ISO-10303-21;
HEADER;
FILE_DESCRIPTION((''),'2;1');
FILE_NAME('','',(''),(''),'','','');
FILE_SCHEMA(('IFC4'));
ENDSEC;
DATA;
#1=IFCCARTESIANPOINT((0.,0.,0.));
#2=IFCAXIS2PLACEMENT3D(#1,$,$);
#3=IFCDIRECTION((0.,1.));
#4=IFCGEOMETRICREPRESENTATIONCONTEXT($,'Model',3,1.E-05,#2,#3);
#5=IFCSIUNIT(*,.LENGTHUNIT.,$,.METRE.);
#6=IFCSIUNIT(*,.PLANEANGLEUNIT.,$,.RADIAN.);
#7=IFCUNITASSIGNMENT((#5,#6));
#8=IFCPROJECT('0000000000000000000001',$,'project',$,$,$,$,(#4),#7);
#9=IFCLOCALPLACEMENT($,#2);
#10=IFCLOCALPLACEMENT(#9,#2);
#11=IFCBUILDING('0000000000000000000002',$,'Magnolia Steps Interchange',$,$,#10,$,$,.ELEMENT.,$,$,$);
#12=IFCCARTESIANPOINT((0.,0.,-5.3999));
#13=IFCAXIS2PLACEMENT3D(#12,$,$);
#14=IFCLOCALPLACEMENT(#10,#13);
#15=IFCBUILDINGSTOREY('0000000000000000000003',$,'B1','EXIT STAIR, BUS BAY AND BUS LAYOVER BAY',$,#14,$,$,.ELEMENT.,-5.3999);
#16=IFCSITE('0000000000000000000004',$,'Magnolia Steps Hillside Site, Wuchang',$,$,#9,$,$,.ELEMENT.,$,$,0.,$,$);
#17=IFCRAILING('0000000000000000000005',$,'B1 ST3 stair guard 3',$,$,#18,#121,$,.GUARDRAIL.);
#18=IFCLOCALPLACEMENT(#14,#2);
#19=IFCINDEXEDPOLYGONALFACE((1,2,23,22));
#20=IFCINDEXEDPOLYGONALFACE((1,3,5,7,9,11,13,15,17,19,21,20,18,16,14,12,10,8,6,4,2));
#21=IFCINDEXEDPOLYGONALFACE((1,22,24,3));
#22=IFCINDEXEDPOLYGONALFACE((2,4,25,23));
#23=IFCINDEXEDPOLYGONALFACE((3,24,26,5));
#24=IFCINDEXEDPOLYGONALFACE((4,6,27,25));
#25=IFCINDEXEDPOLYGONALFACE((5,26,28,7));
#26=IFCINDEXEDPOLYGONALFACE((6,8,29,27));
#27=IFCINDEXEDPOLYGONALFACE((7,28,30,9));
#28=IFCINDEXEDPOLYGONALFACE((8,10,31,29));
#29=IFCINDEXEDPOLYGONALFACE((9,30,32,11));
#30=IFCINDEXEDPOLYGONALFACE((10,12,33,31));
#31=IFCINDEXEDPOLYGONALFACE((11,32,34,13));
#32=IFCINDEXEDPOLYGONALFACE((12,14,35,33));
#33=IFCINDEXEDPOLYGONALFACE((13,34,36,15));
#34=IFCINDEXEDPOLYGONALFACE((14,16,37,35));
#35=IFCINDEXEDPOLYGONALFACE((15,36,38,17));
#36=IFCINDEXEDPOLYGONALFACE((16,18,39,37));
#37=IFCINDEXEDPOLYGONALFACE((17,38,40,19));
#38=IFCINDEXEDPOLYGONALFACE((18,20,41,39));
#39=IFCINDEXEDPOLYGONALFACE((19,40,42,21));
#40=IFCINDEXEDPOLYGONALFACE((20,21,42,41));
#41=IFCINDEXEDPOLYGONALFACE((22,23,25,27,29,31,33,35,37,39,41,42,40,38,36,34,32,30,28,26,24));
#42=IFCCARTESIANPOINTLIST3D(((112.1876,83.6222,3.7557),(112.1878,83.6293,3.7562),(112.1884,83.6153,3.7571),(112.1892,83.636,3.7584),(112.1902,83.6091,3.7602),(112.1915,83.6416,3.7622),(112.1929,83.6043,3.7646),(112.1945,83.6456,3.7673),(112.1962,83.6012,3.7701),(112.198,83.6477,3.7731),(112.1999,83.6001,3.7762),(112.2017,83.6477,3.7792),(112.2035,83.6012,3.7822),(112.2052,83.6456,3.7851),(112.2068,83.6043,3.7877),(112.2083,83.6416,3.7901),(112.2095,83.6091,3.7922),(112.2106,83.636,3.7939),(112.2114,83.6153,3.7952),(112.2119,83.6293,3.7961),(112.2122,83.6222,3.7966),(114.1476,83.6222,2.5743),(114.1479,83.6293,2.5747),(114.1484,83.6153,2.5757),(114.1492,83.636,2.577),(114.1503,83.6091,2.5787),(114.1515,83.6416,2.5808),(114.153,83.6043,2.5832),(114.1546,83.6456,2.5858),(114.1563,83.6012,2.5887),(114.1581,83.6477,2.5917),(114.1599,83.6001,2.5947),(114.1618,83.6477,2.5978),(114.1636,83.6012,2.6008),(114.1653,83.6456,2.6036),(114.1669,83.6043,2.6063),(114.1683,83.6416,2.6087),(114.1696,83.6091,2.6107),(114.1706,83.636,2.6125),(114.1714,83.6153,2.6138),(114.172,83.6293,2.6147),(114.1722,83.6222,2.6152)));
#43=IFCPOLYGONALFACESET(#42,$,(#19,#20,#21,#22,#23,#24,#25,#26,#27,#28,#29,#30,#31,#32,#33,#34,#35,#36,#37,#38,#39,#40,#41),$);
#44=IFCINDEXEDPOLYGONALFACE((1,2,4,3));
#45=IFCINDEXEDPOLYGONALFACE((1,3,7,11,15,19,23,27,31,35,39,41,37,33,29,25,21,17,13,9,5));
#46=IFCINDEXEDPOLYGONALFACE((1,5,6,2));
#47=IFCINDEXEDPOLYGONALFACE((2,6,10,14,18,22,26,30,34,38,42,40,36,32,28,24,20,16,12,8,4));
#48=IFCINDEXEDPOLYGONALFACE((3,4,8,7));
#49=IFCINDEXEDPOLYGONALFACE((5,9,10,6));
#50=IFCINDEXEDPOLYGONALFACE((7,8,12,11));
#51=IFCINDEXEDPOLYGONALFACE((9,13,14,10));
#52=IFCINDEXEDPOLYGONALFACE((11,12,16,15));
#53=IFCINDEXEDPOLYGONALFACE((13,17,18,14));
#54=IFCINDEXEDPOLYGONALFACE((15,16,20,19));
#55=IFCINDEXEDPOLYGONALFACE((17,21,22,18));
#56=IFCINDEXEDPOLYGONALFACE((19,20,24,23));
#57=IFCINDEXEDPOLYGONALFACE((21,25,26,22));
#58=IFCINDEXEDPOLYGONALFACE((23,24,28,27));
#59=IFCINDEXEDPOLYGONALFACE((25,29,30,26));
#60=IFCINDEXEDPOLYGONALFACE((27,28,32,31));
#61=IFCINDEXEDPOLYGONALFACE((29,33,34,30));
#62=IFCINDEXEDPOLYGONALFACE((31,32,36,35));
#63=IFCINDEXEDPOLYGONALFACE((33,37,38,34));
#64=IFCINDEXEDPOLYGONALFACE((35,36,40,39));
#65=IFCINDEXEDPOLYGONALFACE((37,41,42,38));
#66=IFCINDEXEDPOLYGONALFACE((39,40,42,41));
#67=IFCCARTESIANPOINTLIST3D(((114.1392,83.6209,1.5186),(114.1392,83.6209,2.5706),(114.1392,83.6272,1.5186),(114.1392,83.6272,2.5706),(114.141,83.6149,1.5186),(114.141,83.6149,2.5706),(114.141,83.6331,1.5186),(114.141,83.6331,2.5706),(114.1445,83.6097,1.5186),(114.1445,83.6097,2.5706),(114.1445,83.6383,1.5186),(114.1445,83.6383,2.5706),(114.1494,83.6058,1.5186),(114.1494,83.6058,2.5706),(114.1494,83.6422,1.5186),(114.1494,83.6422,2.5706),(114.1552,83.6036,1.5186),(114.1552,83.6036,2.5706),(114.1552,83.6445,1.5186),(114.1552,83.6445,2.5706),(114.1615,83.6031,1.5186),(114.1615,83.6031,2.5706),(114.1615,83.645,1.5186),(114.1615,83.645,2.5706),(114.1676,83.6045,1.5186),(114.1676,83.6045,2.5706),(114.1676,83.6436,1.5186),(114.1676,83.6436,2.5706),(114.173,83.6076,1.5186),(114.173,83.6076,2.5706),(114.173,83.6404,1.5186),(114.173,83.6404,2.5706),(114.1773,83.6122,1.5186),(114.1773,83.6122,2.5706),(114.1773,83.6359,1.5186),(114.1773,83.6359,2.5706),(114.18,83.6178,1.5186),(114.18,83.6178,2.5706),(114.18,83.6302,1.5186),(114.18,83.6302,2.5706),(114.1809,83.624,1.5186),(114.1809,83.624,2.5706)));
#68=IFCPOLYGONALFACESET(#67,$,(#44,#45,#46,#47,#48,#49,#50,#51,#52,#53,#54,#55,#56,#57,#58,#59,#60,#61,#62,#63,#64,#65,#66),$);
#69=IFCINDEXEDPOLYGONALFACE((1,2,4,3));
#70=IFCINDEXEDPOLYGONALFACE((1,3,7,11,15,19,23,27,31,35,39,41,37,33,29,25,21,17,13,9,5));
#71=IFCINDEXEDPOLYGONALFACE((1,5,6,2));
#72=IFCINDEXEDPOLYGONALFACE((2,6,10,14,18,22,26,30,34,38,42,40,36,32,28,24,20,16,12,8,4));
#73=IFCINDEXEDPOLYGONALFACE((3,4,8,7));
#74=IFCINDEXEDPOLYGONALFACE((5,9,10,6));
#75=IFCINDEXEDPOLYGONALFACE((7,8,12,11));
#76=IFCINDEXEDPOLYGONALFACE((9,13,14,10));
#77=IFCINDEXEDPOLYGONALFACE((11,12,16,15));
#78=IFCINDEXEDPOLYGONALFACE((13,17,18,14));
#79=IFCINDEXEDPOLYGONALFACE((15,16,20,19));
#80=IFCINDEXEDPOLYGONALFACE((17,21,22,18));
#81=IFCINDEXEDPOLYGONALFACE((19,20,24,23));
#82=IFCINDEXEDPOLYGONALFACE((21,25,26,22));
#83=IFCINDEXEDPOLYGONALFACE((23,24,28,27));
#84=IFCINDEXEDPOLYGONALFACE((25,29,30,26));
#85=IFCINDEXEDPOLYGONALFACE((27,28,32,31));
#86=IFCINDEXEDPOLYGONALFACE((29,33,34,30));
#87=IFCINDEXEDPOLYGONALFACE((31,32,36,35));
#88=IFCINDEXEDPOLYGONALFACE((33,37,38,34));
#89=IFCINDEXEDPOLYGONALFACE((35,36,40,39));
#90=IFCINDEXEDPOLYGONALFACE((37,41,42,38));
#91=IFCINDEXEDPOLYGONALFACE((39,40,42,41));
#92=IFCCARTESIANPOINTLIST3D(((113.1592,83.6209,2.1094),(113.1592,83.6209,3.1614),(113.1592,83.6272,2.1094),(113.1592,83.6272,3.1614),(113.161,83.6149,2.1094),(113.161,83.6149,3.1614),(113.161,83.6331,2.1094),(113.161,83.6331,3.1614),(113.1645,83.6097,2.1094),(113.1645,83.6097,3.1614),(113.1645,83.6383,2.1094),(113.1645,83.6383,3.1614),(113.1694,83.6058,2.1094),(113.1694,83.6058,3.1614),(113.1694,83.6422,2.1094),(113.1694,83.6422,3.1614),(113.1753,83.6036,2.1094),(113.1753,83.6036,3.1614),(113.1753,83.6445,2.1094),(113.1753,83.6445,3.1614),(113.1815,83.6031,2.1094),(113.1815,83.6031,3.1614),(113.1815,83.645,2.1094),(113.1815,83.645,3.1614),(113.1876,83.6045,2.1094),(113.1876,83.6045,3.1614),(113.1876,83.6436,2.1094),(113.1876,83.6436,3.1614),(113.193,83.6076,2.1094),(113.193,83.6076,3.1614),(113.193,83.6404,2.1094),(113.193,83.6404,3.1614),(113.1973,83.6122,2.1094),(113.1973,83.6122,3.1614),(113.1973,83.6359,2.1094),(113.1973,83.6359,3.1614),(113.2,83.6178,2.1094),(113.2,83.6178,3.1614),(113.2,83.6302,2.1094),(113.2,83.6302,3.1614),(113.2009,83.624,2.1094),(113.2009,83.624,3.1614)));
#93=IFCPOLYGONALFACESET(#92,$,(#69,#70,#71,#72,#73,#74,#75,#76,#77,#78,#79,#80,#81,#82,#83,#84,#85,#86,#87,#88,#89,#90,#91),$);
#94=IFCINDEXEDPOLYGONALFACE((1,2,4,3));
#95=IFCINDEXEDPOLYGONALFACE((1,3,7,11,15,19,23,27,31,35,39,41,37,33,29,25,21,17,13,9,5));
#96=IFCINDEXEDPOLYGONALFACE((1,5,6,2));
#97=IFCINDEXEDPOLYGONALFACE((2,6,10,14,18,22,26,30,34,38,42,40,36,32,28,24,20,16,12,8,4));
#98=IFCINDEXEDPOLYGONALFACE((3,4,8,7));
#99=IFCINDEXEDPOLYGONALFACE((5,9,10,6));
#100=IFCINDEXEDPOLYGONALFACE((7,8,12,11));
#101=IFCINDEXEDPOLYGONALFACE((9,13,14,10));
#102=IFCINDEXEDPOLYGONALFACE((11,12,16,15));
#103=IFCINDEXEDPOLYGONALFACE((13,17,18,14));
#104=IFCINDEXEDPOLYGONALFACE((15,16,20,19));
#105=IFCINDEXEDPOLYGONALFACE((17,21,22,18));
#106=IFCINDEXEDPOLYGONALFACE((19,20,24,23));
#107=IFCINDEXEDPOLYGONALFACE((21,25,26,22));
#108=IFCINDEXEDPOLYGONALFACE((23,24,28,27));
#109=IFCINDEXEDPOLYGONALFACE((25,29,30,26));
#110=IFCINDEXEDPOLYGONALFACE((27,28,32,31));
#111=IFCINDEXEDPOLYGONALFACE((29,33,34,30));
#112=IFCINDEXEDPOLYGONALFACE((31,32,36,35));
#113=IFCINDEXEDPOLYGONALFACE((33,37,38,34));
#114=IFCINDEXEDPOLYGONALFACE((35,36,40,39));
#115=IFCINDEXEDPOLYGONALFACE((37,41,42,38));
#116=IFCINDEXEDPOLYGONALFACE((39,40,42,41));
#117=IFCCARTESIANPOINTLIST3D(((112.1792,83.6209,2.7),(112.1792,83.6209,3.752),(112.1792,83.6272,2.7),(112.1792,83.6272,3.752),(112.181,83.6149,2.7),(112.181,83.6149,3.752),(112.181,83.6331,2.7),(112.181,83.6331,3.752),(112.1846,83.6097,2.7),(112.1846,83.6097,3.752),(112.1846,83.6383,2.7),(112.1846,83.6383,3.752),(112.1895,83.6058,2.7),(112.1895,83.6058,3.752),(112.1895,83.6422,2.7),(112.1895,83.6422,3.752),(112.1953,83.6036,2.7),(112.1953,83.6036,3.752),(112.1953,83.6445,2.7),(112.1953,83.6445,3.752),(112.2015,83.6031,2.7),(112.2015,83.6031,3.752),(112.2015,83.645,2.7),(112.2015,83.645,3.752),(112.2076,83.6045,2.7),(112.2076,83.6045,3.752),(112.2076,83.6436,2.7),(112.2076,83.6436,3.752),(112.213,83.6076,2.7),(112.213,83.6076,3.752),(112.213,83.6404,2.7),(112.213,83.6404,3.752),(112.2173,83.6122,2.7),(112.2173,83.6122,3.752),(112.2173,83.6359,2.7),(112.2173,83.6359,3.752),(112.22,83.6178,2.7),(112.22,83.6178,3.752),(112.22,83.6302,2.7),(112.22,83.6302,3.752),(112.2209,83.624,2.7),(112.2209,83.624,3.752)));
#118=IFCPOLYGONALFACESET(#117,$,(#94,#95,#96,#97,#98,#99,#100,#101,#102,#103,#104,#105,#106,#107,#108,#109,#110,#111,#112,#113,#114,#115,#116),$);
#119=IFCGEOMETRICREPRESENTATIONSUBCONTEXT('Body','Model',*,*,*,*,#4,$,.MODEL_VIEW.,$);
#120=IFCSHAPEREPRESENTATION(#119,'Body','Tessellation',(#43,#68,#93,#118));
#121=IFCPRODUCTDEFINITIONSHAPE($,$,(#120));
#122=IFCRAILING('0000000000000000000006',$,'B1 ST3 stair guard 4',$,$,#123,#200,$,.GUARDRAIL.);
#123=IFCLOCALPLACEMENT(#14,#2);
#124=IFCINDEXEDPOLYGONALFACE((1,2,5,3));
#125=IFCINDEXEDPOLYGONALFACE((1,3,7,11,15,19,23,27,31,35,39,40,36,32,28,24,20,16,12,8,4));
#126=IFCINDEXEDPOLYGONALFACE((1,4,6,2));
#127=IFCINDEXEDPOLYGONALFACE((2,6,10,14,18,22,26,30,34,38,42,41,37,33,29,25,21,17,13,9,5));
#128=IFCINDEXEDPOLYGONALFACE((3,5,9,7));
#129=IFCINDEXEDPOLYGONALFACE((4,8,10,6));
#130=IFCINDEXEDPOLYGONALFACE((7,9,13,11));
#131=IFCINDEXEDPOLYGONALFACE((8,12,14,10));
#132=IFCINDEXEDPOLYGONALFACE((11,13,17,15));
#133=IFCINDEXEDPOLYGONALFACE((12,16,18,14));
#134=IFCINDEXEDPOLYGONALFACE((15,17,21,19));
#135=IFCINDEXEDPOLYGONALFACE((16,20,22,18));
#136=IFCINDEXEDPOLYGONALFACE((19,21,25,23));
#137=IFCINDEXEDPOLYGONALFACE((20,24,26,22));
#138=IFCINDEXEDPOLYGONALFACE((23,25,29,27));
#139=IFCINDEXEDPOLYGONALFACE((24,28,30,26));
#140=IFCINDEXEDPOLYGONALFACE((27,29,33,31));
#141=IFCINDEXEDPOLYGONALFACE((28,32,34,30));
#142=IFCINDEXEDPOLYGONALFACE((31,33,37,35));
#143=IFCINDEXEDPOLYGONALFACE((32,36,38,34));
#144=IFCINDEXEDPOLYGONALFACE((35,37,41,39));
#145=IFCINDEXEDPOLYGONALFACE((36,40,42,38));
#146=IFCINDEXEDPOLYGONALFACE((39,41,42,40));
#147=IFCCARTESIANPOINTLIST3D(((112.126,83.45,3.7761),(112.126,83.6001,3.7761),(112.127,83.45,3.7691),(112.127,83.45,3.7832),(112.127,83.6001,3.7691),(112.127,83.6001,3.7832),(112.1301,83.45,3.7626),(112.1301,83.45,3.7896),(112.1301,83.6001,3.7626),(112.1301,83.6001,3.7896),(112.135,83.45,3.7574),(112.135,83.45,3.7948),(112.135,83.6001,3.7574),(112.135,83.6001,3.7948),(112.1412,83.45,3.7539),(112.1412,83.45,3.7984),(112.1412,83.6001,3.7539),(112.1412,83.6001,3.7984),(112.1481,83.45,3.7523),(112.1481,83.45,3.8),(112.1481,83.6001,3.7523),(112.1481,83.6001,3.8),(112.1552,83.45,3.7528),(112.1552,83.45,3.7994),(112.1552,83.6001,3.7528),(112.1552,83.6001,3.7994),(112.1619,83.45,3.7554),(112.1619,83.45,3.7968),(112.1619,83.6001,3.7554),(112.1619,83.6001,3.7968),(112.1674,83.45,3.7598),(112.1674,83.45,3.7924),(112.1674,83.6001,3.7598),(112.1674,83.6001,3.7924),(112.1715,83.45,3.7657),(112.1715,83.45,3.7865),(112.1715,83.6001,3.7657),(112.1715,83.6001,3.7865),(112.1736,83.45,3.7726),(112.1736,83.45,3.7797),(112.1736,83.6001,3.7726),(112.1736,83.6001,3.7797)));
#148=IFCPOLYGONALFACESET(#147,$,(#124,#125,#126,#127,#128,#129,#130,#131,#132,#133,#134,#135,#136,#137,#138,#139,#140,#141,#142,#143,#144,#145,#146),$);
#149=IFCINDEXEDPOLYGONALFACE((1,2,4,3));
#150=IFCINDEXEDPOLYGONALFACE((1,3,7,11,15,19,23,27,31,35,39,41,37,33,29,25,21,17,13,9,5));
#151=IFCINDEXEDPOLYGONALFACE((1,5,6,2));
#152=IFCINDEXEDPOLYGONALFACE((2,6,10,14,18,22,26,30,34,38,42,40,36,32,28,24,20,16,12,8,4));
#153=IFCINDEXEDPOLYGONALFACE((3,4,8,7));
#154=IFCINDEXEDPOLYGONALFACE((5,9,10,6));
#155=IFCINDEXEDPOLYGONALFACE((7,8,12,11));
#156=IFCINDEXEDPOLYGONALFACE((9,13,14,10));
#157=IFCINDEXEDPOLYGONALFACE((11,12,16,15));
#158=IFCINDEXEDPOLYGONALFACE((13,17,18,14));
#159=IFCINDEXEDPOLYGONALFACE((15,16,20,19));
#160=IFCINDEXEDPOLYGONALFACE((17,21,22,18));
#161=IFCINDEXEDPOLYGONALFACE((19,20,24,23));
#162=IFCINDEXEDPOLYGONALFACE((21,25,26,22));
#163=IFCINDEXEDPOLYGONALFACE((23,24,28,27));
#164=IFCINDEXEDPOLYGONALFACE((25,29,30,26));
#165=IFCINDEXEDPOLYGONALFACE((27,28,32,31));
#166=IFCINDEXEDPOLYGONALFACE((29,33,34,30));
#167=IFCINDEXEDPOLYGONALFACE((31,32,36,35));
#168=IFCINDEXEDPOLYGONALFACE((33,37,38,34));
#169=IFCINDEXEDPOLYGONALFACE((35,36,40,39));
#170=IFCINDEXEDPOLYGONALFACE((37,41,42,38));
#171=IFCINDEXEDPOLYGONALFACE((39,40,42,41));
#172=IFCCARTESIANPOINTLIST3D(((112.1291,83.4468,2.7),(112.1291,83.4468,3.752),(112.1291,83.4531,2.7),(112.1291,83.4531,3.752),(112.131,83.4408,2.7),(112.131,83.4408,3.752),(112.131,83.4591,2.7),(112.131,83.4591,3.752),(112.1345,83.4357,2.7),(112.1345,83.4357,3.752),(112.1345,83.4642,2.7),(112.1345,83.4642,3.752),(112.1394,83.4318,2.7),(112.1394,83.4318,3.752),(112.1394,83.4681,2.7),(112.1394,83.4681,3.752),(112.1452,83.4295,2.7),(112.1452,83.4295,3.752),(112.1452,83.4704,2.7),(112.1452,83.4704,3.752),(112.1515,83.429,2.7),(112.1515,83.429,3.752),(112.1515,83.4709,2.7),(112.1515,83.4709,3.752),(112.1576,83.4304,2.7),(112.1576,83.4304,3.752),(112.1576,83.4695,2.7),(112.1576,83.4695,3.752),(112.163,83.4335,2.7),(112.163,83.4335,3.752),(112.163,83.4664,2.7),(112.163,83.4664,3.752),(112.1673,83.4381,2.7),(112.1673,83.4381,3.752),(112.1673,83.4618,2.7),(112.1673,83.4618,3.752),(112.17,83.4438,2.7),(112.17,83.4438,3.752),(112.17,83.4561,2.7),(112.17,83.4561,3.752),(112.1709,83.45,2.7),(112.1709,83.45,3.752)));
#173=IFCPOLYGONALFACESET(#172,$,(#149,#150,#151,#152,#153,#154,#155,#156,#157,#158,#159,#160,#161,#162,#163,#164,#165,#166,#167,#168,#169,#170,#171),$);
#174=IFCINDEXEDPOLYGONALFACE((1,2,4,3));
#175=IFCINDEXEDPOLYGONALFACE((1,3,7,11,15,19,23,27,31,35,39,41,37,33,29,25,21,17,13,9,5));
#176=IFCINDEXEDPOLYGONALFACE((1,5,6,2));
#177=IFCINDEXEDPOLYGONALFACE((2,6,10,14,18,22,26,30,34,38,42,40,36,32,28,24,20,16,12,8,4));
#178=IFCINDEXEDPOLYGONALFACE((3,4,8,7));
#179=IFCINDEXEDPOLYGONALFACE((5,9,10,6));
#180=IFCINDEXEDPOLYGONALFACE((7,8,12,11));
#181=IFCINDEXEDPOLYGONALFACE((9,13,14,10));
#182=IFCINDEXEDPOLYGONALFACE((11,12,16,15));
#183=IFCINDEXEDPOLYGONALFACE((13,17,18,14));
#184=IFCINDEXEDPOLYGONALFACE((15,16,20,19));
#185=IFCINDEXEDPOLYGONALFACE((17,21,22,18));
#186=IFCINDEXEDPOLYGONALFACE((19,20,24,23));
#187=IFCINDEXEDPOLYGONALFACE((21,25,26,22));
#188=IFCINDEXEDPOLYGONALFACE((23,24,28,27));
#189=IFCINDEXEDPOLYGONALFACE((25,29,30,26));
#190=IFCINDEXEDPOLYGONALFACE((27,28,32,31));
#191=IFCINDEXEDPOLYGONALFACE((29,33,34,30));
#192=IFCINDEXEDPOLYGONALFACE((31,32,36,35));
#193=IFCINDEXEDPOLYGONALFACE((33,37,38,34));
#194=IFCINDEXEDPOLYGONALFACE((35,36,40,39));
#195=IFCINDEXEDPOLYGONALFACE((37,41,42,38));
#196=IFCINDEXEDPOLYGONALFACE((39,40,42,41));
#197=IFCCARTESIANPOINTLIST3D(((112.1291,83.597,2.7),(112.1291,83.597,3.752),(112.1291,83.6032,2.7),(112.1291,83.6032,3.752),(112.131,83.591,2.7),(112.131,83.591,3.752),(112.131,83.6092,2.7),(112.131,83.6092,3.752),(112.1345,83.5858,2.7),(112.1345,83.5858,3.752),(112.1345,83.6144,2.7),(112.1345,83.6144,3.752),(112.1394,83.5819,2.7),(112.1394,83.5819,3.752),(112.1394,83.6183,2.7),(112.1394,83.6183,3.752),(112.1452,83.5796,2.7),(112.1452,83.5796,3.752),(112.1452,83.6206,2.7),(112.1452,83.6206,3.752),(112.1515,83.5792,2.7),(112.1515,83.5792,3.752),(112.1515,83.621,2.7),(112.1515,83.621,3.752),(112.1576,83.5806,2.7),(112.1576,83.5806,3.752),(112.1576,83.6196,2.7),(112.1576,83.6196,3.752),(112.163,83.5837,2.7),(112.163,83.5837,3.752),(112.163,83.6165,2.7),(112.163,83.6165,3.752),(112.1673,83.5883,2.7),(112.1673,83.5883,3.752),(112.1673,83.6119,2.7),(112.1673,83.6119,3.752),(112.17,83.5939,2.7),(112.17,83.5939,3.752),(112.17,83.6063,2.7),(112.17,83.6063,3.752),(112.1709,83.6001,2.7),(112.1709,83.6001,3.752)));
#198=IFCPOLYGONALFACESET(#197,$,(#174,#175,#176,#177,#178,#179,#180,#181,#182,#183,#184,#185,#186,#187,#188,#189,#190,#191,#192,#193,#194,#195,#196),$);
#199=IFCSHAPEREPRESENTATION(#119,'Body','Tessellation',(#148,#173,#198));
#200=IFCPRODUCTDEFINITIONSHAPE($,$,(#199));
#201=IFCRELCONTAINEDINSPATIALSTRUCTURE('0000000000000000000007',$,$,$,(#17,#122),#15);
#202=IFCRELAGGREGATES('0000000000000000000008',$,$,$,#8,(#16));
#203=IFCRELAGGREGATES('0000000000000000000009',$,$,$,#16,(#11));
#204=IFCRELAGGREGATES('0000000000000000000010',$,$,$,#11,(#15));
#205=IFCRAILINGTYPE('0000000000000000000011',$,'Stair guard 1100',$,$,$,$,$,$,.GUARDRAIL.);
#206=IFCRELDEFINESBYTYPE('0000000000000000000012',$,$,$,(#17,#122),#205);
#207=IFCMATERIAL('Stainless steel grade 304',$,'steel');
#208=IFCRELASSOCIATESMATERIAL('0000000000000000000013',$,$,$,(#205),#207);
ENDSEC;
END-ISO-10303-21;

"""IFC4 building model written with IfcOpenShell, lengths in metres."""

from ifc_helpers import new_model, si_unit, direction, frame, origin, origin_2d, place, context, subcontext, project, spatial, circle, extrude, material, type_object, element, save


model = new_model("IFC4")

# Units and contexts
model_context = context("Model", 3, precision=1e-05, world=origin(), true_north=direction((0.0, 1.0)))
body_context = subcontext(model_context, "Body", "Model", "MODEL_VIEW")
ifc_project = project(units=[si_unit("LENGTHUNIT", "METRE"), si_unit("PLANEANGLEUNIT", "RADIAN")], contexts=[model_context])

# Site, building, storey
site_placement = place(None, origin())
site = spatial("IfcSite", under=ifc_project, at=site_placement, Name="Magnolia Steps Hillside Site, Wuchang", CompositionType="ELEMENT", RefElevation=0.0)
building_placement = place(site_placement, origin())
building = spatial("IfcBuilding", under=site, at=building_placement, Name="Magnolia Steps Interchange", CompositionType="ELEMENT")
storey_placement = place(building_placement, frame((0.0, 0.0, -5.3999)))
storey = spatial("IfcBuildingStorey", under=building, at=storey_placement, Name="B1", Description="EXIT STAIR, BUS BAY AND BUS LAYOVER BAY", CompositionType="ELEMENT", Elevation=-5.3999)

# Railings
ifc_material_1 = material(Name="Stainless steel grade 304", Category="steel")
railing_type_1 = type_object("IfcRailingType", Name="Stair guard 1100", PredefinedType="GUARDRAIL", material=ifc_material_1)
railing_1_placement = place(storey_placement, frame((114.1599, 83.624, 1.5186)))
element("IfcRailing", 1, at=railing_1_placement, inside=storey, type_object=railing_type_1, Name="B1 ST3 stair guard 3", PredefinedType="GUARDRAIL", context=body_context, shape_type="SweptSolid", body=[
    extrude(circle(Radius=0.0239, at=origin_2d()), frame((0.0, 0.0, 1.0762), z_axis=(-0.856446, 0.0, 0.516236), x_axis=(0.0, -1.0, 0.0)), (0.0, 0.0, 1.0), 2.2886),
    extrude(circle(Radius=0.021, at=origin_2d()), origin(), (0.0, 0.0, 1.0), 1.052),
    extrude(circle(Radius=0.021, at=origin_2d()), frame((-0.98, 0.0, 0.5908)), (0.0, 0.0, 1.0), 1.052),
    extrude(circle(Radius=0.021, at=origin_2d()), frame((-1.96, 0.0, 1.1814)), (0.0, 0.0, 1.0), 1.052),
])
railing_2_placement = place(storey_placement, frame((112.1499, 83.45, 2.7)))
element("IfcRailing", 2, at=railing_2_placement, inside=storey, type_object=railing_type_1, Name="B1 ST3 stair guard 4", PredefinedType="GUARDRAIL", context=body_context, shape_type="SweptSolid", body=[
    extrude(circle(Radius=0.0239, at=origin_2d()), frame((0.0, 0.0, 1.0762), z_axis=(0.0, 1.0, 0.0), x_axis=(-1.0, 0.0, 0.0)), (0.0, 0.0, 1.0), 0.1501),
    extrude(circle(Radius=0.021, at=origin_2d()), origin(), (0.0, 0.0, 1.0), 1.052),
    extrude(circle(Radius=0.021, at=origin_2d()), frame((0.0, 0.1501, 0.0)), (0.0, 0.0, 1.0), 1.052),
])

save(model, "model.ifc")
